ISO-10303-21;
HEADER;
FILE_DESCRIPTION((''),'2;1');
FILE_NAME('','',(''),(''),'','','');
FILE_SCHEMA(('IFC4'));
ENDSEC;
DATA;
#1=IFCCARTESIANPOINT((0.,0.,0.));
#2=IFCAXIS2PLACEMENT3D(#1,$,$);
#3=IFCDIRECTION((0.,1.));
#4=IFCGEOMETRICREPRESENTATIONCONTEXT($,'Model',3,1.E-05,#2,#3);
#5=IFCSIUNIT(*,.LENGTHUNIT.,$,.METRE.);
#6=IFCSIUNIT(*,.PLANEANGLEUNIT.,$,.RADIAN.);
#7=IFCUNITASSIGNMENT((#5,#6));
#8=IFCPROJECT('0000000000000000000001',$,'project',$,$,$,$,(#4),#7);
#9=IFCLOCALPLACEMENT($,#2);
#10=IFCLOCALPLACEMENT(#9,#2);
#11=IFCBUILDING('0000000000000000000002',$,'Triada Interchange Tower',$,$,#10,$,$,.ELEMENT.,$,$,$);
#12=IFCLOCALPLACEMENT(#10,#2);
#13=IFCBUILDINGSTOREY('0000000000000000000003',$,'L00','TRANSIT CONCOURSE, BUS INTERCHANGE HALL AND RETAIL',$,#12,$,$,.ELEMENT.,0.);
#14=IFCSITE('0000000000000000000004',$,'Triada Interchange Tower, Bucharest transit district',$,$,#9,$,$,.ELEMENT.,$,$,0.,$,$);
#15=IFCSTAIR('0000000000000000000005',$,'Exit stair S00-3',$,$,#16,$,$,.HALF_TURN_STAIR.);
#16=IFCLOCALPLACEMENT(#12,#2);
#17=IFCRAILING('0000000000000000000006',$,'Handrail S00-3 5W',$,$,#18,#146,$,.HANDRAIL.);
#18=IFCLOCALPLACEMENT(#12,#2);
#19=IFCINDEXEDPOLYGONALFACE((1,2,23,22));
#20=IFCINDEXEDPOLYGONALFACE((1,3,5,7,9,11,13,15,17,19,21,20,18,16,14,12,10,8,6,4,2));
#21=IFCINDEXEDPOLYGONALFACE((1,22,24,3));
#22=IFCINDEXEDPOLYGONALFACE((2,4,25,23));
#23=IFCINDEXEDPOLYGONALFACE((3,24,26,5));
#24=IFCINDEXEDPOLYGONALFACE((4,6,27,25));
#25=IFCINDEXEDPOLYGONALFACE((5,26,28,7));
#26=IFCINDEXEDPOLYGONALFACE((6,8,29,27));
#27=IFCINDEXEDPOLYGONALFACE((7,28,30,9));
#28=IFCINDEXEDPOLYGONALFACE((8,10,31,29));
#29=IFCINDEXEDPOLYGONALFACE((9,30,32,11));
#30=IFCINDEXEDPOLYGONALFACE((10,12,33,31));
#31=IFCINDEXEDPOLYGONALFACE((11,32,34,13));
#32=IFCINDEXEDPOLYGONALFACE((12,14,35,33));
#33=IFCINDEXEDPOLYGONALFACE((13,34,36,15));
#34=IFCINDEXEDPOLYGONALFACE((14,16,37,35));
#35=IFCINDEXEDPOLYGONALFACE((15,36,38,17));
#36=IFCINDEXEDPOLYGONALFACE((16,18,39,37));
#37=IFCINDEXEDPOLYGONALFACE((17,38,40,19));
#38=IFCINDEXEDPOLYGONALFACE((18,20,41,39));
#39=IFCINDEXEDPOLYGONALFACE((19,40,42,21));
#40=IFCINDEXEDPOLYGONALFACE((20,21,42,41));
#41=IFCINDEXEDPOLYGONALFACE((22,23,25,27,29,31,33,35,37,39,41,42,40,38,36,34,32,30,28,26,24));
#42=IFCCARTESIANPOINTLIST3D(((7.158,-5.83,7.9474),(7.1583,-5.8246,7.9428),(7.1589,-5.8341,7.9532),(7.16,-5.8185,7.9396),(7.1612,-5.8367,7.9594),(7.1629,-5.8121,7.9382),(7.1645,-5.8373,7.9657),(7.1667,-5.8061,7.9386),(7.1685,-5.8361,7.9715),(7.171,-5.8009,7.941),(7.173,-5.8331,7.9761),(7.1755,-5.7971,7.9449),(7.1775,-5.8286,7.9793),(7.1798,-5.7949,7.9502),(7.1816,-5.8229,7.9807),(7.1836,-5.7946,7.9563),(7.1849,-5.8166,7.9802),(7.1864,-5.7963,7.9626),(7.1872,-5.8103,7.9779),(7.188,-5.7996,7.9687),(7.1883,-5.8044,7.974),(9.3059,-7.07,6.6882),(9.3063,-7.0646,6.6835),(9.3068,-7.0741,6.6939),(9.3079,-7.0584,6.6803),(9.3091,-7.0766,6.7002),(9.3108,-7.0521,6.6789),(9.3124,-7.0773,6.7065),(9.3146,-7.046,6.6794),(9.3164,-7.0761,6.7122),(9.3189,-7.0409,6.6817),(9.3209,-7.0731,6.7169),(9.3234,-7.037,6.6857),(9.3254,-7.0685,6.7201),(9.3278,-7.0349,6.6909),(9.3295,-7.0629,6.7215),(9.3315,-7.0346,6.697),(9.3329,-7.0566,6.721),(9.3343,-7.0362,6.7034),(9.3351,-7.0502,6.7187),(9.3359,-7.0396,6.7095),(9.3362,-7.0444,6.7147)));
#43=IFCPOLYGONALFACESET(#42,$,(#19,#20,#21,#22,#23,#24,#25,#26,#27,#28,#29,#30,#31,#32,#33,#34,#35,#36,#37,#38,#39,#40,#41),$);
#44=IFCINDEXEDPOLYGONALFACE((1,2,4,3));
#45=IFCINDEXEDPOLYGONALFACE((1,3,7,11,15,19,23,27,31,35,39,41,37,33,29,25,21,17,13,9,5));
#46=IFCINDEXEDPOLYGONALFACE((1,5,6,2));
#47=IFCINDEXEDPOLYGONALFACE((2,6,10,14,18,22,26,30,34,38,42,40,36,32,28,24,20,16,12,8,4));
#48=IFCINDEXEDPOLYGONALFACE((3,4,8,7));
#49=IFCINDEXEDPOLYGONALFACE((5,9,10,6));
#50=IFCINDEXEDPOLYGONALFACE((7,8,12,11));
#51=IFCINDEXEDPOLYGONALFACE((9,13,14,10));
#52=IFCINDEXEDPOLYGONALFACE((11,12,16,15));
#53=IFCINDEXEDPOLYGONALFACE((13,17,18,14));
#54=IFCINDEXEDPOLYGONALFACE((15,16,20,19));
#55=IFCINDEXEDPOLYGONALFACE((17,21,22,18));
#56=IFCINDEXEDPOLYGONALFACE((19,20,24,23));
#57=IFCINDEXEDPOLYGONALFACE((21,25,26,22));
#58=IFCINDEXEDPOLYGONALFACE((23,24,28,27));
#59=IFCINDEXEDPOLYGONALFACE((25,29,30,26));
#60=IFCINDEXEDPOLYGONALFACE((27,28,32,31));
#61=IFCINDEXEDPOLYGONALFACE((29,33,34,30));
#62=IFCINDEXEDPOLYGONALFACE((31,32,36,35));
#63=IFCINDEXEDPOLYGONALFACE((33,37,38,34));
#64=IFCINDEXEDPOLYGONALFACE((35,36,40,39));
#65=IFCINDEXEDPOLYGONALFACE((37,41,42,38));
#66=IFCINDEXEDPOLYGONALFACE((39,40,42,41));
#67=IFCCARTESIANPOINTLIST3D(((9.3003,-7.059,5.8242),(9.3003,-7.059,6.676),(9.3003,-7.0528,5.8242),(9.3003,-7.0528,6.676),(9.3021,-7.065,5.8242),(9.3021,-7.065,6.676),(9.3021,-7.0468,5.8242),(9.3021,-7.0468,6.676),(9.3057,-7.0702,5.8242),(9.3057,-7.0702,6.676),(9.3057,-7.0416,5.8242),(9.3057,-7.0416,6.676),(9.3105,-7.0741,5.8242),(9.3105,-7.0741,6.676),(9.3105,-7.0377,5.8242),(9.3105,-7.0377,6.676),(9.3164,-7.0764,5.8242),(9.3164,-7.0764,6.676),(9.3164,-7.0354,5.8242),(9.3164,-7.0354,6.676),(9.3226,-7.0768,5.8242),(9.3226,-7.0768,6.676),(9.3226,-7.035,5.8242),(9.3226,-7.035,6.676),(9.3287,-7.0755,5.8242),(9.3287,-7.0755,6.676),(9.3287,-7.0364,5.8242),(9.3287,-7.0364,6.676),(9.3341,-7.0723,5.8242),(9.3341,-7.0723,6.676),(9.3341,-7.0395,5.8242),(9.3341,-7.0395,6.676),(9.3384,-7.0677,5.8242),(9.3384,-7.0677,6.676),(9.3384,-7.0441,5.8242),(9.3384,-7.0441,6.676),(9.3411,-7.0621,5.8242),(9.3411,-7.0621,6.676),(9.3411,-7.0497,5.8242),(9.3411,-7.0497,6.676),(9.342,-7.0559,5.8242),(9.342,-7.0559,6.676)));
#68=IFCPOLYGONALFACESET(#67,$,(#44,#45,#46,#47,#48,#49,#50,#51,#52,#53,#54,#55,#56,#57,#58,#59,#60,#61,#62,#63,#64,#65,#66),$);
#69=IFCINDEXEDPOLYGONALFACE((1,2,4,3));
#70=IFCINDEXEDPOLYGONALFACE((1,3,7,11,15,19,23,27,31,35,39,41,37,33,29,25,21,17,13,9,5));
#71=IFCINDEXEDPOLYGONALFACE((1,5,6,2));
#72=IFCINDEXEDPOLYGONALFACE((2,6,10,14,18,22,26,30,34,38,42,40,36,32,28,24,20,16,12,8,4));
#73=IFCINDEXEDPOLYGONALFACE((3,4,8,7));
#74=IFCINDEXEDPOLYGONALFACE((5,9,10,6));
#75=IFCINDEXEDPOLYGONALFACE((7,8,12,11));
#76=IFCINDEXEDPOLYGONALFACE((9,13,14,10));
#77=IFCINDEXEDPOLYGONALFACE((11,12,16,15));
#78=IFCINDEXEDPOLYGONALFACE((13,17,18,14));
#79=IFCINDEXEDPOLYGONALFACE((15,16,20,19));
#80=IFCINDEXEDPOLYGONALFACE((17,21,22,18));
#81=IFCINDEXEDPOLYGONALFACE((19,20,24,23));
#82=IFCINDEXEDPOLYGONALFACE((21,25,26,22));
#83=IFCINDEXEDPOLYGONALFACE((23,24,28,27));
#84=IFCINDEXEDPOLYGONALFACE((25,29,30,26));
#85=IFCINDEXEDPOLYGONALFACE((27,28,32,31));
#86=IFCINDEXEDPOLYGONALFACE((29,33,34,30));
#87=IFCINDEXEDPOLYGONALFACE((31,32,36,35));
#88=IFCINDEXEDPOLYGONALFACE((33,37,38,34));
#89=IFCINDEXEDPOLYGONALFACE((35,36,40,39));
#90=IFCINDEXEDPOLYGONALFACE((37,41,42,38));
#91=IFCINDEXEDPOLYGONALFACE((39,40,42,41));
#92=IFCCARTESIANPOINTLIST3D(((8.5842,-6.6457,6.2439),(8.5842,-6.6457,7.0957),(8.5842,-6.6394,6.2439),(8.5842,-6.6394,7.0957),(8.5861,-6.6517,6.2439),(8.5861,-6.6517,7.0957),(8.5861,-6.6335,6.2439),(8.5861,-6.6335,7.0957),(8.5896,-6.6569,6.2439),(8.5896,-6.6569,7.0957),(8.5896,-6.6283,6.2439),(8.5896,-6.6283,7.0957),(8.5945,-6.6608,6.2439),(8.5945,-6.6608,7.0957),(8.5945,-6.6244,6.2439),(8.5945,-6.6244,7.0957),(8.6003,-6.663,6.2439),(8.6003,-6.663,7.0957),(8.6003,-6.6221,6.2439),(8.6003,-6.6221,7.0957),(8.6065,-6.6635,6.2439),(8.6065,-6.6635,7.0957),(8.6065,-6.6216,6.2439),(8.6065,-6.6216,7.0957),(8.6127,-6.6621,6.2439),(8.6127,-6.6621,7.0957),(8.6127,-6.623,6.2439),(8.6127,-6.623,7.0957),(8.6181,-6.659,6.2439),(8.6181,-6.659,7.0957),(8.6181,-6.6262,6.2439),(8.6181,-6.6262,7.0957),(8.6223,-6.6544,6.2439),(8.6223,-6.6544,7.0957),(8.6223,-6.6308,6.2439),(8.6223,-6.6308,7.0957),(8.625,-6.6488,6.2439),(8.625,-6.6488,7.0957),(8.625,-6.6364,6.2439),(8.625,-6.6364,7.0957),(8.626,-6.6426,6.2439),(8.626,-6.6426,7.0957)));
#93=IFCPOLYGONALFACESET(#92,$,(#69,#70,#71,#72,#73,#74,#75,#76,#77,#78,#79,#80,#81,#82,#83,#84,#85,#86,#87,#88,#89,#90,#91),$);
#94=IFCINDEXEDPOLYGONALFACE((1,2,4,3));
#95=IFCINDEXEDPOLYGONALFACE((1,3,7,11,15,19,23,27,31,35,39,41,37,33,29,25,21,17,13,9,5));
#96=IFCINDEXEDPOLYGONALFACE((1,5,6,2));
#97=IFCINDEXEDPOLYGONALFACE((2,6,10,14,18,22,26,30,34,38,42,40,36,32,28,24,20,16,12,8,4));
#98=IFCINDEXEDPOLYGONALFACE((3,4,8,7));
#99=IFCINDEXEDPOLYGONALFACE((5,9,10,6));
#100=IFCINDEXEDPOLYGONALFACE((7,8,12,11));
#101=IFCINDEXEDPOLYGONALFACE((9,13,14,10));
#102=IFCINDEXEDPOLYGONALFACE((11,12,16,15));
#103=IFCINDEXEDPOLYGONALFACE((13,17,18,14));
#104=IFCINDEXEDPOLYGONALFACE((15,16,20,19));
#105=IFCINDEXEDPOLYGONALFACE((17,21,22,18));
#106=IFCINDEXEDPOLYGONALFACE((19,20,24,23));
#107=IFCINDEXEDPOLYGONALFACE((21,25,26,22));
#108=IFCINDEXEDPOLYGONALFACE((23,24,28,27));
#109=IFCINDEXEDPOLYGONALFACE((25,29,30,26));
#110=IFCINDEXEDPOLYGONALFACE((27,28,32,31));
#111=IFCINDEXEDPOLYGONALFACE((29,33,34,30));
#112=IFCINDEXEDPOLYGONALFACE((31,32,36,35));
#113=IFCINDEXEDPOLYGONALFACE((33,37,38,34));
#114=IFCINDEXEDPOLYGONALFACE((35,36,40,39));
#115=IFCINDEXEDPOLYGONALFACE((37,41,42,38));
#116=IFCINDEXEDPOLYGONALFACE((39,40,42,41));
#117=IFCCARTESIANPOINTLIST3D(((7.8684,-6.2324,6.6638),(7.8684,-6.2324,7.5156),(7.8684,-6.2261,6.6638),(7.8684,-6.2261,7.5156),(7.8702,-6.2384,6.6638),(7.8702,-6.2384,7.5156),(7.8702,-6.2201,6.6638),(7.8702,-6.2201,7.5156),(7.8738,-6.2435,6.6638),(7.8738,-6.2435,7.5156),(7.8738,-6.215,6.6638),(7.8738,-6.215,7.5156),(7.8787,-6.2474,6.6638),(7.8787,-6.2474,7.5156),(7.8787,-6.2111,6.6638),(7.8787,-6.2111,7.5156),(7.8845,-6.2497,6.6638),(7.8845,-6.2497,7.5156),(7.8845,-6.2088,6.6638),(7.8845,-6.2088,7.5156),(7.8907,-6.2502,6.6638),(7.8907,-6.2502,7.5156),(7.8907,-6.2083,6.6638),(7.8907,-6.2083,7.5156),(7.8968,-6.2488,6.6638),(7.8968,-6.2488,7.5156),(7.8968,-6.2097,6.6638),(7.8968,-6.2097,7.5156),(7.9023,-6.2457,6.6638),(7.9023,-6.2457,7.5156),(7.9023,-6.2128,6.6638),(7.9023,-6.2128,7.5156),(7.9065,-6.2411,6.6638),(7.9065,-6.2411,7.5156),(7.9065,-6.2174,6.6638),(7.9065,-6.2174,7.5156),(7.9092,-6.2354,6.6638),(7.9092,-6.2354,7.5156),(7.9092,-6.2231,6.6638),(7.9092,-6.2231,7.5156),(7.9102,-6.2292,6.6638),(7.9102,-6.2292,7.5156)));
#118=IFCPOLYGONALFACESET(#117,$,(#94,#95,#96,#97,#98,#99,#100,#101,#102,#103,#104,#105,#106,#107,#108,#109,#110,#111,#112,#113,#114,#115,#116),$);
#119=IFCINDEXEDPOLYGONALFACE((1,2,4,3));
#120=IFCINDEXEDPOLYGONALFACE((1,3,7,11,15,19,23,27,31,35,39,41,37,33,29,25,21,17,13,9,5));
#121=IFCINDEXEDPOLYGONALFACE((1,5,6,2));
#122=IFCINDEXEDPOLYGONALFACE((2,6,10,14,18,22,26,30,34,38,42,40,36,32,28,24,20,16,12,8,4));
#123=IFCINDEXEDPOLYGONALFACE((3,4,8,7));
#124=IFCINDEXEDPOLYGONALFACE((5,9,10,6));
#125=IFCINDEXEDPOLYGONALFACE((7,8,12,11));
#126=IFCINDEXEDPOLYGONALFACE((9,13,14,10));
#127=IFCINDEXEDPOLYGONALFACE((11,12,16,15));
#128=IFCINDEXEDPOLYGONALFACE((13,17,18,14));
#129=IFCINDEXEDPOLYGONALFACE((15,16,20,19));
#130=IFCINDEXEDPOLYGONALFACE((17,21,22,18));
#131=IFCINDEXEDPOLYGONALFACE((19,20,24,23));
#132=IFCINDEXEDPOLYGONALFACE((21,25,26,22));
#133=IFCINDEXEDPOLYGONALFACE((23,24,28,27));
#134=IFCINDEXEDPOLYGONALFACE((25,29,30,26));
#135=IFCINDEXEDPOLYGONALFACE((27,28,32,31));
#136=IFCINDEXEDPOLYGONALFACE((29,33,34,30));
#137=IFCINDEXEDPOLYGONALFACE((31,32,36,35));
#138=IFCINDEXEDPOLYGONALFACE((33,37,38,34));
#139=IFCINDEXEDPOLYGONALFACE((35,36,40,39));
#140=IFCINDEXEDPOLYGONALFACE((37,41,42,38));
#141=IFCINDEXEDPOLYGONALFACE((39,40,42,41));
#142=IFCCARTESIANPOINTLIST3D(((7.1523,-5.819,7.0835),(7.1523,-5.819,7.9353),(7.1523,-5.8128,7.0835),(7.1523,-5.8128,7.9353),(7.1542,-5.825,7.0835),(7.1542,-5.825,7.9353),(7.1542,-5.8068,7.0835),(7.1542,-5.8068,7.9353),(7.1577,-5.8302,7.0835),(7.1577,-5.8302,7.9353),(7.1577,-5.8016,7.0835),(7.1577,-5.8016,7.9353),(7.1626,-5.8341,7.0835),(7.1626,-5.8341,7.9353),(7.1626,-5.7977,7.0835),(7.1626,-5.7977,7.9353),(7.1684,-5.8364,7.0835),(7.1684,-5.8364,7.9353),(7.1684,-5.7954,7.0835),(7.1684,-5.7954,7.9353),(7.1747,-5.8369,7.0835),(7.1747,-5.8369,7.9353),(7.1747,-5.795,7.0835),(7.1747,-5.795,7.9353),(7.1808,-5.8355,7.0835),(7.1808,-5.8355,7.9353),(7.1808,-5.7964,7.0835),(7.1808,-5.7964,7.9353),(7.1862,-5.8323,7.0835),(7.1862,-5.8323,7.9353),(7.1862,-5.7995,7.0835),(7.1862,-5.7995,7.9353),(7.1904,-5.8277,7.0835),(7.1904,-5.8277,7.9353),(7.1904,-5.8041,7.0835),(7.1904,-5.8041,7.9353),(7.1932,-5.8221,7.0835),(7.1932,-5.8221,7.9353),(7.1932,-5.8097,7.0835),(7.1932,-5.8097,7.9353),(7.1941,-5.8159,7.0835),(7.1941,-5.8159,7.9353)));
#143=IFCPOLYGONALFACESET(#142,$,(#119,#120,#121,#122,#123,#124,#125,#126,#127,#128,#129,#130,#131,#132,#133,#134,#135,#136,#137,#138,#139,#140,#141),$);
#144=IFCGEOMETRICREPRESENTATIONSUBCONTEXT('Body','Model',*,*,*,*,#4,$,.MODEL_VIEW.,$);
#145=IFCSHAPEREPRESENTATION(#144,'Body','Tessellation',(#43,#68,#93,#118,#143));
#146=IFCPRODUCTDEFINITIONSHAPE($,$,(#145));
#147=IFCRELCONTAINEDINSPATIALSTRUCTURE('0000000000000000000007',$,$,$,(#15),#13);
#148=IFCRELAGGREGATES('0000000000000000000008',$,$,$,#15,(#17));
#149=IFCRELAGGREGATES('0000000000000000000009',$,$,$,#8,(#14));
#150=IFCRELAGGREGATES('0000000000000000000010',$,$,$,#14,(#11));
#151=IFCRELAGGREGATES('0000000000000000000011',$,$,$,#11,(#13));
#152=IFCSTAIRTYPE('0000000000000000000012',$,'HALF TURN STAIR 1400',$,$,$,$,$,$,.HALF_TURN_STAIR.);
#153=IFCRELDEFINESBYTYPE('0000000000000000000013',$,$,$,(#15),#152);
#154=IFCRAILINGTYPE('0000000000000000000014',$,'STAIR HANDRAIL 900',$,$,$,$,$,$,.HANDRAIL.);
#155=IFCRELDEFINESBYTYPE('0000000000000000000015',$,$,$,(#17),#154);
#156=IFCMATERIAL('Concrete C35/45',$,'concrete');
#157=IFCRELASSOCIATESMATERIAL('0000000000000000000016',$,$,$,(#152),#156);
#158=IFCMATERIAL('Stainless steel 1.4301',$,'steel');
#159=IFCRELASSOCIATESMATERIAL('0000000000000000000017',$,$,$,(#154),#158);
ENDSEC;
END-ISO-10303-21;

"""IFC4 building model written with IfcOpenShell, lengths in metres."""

from ifc_helpers import new_model, si_unit, direction, frame, origin, origin_2d, place, context, subcontext, project, spatial, circle, extrude, material, type_object, element, aggregate, save


model = new_model("IFC4")

# Units and contexts
model_context = context("Model", 3, precision=1e-05, world=origin(), true_north=direction((0.0, 1.0)))
body_context = subcontext(model_context, "Body", "Model", "MODEL_VIEW")
ifc_project = project(units=[si_unit("LENGTHUNIT", "METRE"), si_unit("PLANEANGLEUNIT", "RADIAN")], contexts=[model_context])

# Site, building, storey
site_placement = place(None, origin())
site = spatial("IfcSite", under=ifc_project, at=site_placement, Name="Triada Interchange Tower, Bucharest transit district", CompositionType="ELEMENT", RefElevation=0.0)
building_placement = place(site_placement, origin())
building = spatial("IfcBuilding", under=site, at=building_placement, Name="Triada Interchange Tower", CompositionType="ELEMENT")
storey_placement = place(building_placement, origin())
storey = spatial("IfcBuildingStorey", under=building, at=storey_placement, Name="L00", Description="TRANSIT CONCOURSE, BUS INTERCHANGE HALL AND RETAIL", CompositionType="ELEMENT", Elevation=0.0)

# Shared definitions
ifc_material_1 = material(Name="Concrete C35/45", Category="concrete")

# Stair, railing
stair_type = type_object("IfcStairType", Name="HALF TURN STAIR 1400", PredefinedType="HALF_TURN_STAIR", material=ifc_material_1)
stair_placement = place(storey_placement, origin())
stair = element("IfcStair", 1, at=stair_placement, inside=storey, type_object=stair_type, Name="Exit stair S00-3", PredefinedType="HALF_TURN_STAIR")
ifc_material_2 = material(Name="Stainless steel 1.4301", Category="steel")
railing_type = type_object("IfcRailingType", Name="STAIR HANDRAIL 900", PredefinedType="HANDRAIL", material=ifc_material_2)
railing_1_placement = place(storey_placement, frame((9.321, -7.0559, 5.8242)))
railing_1 = element("IfcRailing", 2, at=railing_1_placement, type_object=railing_type, Name="Handrail S00-3 5W", PredefinedType="HANDRAIL", context=body_context, shape_type="SweptSolid", body=[
    extrude(circle(Radius=0.0239, at=origin_2d()), frame((0.0, 0.0, 0.876), z_axis=(-0.772212, 0.445791, 0.452724), x_axis=(-0.499961, -0.866048, 0.0)), (0.0, 0.0, 1.0), 2.7815),
    extrude(circle(Radius=0.021, at=origin_2d()), origin(), (0.0, 0.0, 1.0), 0.8518),
    extrude(circle(Radius=0.021, at=origin_2d()), frame((-0.7161, 0.4133, 0.4197)), (0.0, 0.0, 1.0), 0.8518),
    extrude(circle(Radius=0.021, at=origin_2d()), frame((-1.4319, 0.8267, 0.8396)), (0.0, 0.0, 1.0), 0.8518),
    extrude(circle(Radius=0.021, at=origin_2d()), frame((-2.1479, 1.24, 1.2593)), (0.0, 0.0, 1.0), 0.8518),
])
aggregate(stair, [railing_1])

save(model, "model.ifc")
